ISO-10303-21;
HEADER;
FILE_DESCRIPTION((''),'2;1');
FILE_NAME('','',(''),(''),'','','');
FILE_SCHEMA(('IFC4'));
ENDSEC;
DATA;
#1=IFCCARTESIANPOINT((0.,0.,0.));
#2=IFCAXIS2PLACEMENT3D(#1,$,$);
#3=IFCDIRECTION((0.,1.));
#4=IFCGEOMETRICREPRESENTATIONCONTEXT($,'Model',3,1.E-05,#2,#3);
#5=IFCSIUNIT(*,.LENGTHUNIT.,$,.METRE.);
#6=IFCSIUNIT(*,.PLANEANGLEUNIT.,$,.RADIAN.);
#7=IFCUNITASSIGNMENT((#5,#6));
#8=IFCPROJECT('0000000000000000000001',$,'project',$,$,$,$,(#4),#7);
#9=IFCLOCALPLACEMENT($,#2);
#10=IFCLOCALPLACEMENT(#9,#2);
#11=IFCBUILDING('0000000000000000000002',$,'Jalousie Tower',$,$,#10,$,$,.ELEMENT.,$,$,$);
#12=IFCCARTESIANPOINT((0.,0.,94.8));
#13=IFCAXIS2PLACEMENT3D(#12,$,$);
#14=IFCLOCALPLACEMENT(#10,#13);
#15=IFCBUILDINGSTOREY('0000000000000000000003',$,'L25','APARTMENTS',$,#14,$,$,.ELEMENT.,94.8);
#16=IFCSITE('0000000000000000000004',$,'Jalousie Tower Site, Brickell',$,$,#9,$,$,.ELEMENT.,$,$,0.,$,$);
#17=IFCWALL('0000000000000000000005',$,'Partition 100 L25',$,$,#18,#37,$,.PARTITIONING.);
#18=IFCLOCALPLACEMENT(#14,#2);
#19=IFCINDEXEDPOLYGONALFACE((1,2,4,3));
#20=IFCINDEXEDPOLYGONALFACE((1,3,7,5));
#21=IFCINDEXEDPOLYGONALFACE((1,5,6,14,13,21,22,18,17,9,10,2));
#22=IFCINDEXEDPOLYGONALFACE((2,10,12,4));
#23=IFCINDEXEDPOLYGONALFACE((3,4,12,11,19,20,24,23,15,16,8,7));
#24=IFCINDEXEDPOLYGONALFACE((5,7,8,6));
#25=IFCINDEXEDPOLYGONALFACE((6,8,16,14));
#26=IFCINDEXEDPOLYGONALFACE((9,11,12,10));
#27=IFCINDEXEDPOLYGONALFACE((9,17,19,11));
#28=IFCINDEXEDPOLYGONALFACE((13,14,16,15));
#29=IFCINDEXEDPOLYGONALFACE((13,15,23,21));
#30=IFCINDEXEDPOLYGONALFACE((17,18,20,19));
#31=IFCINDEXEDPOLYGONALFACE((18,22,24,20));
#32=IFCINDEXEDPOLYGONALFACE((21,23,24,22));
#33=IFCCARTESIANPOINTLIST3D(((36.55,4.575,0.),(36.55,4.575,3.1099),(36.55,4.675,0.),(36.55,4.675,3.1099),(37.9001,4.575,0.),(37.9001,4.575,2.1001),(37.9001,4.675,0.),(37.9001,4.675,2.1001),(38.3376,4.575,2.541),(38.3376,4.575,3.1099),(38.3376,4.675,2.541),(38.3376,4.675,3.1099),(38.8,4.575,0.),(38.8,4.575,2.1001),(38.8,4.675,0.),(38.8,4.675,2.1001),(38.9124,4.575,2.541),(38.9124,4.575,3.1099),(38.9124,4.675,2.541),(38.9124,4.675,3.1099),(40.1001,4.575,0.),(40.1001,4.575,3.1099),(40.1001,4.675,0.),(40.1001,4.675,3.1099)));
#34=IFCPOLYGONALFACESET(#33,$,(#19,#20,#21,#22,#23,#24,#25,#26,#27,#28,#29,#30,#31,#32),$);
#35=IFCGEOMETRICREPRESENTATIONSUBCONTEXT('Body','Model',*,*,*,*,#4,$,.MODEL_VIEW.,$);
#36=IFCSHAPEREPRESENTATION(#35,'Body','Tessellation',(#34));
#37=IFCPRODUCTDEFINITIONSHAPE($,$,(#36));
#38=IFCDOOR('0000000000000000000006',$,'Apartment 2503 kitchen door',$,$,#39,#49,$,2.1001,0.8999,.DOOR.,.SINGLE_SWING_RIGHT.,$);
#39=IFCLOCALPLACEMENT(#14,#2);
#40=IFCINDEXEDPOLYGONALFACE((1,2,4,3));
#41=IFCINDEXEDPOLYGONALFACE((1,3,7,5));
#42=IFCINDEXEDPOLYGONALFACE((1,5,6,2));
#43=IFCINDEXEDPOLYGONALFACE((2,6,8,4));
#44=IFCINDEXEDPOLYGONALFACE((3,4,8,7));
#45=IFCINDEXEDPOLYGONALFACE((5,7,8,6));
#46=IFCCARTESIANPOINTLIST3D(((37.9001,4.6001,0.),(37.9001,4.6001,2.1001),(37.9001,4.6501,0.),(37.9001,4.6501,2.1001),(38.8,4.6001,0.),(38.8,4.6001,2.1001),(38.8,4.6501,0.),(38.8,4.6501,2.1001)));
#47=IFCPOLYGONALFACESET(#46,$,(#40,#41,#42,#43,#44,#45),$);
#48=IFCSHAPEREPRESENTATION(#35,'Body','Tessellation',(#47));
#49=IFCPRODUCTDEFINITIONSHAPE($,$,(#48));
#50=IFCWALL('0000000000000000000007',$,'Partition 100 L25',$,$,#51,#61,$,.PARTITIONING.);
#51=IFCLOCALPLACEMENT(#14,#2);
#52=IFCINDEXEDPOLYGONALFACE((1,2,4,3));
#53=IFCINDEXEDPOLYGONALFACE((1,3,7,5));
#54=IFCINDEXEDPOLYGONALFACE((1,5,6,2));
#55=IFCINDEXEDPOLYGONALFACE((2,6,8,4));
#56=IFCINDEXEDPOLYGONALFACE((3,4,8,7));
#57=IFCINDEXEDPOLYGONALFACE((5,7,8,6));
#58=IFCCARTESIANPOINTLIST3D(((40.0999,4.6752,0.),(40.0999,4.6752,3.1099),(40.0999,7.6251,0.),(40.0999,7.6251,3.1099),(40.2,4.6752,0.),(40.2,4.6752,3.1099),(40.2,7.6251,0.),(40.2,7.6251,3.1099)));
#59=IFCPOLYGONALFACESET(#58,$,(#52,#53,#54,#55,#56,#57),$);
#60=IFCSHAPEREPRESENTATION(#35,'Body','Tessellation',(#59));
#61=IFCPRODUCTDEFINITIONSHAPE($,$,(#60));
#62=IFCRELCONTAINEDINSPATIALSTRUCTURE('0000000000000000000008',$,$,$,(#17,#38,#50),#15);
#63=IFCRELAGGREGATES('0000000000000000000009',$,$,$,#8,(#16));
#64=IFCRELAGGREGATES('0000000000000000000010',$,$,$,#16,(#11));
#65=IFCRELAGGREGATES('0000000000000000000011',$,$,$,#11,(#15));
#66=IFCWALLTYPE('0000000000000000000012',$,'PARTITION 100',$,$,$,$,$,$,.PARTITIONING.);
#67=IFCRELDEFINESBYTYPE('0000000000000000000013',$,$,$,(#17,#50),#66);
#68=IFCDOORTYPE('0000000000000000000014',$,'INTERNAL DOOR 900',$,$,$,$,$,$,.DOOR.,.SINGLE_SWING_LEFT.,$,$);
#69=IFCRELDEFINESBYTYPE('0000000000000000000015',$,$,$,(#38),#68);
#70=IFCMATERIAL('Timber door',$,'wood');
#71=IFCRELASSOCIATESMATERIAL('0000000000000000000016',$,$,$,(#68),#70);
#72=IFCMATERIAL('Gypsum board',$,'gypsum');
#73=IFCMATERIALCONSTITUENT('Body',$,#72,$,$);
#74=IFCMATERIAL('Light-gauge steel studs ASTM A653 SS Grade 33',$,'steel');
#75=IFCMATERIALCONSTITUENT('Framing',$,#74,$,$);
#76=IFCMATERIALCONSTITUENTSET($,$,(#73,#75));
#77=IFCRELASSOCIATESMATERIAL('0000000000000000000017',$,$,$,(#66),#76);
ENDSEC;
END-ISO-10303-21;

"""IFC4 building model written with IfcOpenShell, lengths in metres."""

from ifc_helpers import new_model, si_unit, direction, frame, frame_2d, origin, place, context, subcontext, project, spatial, polyline, rectangle, outline, extrude, material, constituent, constituent_set, type_object, element, fill, save


model = new_model("IFC4")

# Units and contexts
model_context = context("Model", 3, precision=1e-05, world=origin(), true_north=direction((0.0, 1.0)))
body_context = subcontext(model_context, "Body", "Model", "MODEL_VIEW")
ifc_project = project(units=[si_unit("LENGTHUNIT", "METRE"), si_unit("PLANEANGLEUNIT", "RADIAN")], contexts=[model_context])

# Site, building, storey
site_placement = place(None, origin())
site = spatial("IfcSite", under=ifc_project, at=site_placement, Name="Jalousie Tower Site, Brickell", CompositionType="ELEMENT", RefElevation=0.0)
building_placement = place(site_placement, origin())
building = spatial("IfcBuilding", under=site, at=building_placement, Name="Jalousie Tower", CompositionType="ELEMENT")
storey_placement = place(building_placement, frame((0.0, 0.0, 94.8)))
storey = spatial("IfcBuildingStorey", under=building, at=storey_placement, Name="L25", Description="APARTMENTS", CompositionType="ELEMENT", Elevation=94.8)

# Shared definitions
ifc_material_1 = material(Name="Timber door", Category="wood")
door_type_1 = type_object("IfcDoorType", Name="INTERNAL DOOR 900", OperationType="SINGLE_SWING_LEFT", PredefinedType="DOOR", material=ifc_material_1)

# Shared definitions
ifc_material_2 = material(Name="Gypsum board", Category="gypsum")
ifc_constituent_1 = constituent(ifc_material_2, Name="Body")
ifc_material_3 = material(Name="Light-gauge steel studs ASTM A653 SS Grade 33", Category="steel")
ifc_constituent_2 = constituent(ifc_material_3, Name="Framing")
ifc_constituent_set_1 = constituent_set(constituents=[ifc_constituent_1, ifc_constituent_2])
wall_type_1 = type_object("IfcWallType", Name="PARTITION 100", PredefinedType="PARTITIONING", material=ifc_constituent_set_1)

# Wall, opening, door
wall_1_placement = place(storey_placement, frame((36.55, 4.625, 0.0), z_axis=(0.0, 0.0, 1.0), x_axis=(1.0, 0.0, 0.0)))
wall_1 = element("IfcWall", 1, at=wall_1_placement, inside=storey, type_object=wall_type_1, Name="Partition 100 L25", PredefinedType="PARTITIONING", context=body_context, shape_type="SweptSolid", body=[
    extrude(outline(polyline([(0.0, 0.0), (3.55, 0.0), (3.55, 3.1099), (2.3623, 3.1099), (2.3623, 2.541), (1.7876, 2.541), (1.7876, 3.1099), (0.0, 3.1099), (0.0, 0.0)])), frame((0.0, 0.05, 0.0), z_axis=(0.0, -1.0, 0.0), x_axis=(1.0, 0.0, 0.0)), (0.0, 0.0, 1.0), 0.1001),
])
opening_1_placement = place(wall_1_placement, frame((1.3501, 0.0, 0.0)))
opening_1 = element("IfcOpeningElement", 2, at=opening_1_placement, cuts=wall_1, PredefinedType="OPENING", context=body_context, shape_type="SweptSolid", body=[
    extrude(rectangle(XDim=0.8999, YDim=2.1001, at=frame_2d((0.45, 1.05))), frame((0.0, 0.0601, 0.0), z_axis=(0.0, -1.0, 0.0), x_axis=(1.0, 0.0, 0.0)), (0.0, 0.0, 1.0), 0.1201),
])
door_1_placement = place(opening_1_placement, frame((0.8999, 0.0, 0.0), z_axis=(0.0, 0.0, 1.0), x_axis=(-1.0, 0.0, 0.0)))
door_1 = element("IfcDoor", 3, at=door_1_placement, inside=storey, type_object=door_type_1, Name="Apartment 2503 kitchen door", OperationType="SINGLE_SWING_RIGHT", OverallHeight=2.1001, OverallWidth=0.8999, PredefinedType="DOOR", context=body_context, shape_type="SweptSolid", body=[
    extrude(rectangle(XDim=0.8999, YDim=2.1001, at=frame_2d((0.45, 1.05))), frame((0.0, 0.0249, 0.0), z_axis=(0.0, -1.0, 0.0), x_axis=(1.0, 0.0, 0.0)), (0.0, 0.0, 1.0), 0.05),
])
fill(opening_1, door_1)

# Wall
wall_2_placement = place(storey_placement, frame((40.1499, 4.675, 0.0), z_axis=(0.0, 0.0, 1.0), x_axis=(0.0, 1.0, 0.0)))
element("IfcWall", 4, at=wall_2_placement, inside=storey, type_object=wall_type_1, Name="Partition 100 L25", PredefinedType="PARTITIONING", context=body_context, shape_type="SweptSolid", body=[
    extrude(rectangle(XDim=2.95, YDim=0.1001, at=frame_2d((1.4751, 0.0))), origin(), (0.0, 0.0, 1.0), 3.1099),
])

save(model, "model.ifc")
